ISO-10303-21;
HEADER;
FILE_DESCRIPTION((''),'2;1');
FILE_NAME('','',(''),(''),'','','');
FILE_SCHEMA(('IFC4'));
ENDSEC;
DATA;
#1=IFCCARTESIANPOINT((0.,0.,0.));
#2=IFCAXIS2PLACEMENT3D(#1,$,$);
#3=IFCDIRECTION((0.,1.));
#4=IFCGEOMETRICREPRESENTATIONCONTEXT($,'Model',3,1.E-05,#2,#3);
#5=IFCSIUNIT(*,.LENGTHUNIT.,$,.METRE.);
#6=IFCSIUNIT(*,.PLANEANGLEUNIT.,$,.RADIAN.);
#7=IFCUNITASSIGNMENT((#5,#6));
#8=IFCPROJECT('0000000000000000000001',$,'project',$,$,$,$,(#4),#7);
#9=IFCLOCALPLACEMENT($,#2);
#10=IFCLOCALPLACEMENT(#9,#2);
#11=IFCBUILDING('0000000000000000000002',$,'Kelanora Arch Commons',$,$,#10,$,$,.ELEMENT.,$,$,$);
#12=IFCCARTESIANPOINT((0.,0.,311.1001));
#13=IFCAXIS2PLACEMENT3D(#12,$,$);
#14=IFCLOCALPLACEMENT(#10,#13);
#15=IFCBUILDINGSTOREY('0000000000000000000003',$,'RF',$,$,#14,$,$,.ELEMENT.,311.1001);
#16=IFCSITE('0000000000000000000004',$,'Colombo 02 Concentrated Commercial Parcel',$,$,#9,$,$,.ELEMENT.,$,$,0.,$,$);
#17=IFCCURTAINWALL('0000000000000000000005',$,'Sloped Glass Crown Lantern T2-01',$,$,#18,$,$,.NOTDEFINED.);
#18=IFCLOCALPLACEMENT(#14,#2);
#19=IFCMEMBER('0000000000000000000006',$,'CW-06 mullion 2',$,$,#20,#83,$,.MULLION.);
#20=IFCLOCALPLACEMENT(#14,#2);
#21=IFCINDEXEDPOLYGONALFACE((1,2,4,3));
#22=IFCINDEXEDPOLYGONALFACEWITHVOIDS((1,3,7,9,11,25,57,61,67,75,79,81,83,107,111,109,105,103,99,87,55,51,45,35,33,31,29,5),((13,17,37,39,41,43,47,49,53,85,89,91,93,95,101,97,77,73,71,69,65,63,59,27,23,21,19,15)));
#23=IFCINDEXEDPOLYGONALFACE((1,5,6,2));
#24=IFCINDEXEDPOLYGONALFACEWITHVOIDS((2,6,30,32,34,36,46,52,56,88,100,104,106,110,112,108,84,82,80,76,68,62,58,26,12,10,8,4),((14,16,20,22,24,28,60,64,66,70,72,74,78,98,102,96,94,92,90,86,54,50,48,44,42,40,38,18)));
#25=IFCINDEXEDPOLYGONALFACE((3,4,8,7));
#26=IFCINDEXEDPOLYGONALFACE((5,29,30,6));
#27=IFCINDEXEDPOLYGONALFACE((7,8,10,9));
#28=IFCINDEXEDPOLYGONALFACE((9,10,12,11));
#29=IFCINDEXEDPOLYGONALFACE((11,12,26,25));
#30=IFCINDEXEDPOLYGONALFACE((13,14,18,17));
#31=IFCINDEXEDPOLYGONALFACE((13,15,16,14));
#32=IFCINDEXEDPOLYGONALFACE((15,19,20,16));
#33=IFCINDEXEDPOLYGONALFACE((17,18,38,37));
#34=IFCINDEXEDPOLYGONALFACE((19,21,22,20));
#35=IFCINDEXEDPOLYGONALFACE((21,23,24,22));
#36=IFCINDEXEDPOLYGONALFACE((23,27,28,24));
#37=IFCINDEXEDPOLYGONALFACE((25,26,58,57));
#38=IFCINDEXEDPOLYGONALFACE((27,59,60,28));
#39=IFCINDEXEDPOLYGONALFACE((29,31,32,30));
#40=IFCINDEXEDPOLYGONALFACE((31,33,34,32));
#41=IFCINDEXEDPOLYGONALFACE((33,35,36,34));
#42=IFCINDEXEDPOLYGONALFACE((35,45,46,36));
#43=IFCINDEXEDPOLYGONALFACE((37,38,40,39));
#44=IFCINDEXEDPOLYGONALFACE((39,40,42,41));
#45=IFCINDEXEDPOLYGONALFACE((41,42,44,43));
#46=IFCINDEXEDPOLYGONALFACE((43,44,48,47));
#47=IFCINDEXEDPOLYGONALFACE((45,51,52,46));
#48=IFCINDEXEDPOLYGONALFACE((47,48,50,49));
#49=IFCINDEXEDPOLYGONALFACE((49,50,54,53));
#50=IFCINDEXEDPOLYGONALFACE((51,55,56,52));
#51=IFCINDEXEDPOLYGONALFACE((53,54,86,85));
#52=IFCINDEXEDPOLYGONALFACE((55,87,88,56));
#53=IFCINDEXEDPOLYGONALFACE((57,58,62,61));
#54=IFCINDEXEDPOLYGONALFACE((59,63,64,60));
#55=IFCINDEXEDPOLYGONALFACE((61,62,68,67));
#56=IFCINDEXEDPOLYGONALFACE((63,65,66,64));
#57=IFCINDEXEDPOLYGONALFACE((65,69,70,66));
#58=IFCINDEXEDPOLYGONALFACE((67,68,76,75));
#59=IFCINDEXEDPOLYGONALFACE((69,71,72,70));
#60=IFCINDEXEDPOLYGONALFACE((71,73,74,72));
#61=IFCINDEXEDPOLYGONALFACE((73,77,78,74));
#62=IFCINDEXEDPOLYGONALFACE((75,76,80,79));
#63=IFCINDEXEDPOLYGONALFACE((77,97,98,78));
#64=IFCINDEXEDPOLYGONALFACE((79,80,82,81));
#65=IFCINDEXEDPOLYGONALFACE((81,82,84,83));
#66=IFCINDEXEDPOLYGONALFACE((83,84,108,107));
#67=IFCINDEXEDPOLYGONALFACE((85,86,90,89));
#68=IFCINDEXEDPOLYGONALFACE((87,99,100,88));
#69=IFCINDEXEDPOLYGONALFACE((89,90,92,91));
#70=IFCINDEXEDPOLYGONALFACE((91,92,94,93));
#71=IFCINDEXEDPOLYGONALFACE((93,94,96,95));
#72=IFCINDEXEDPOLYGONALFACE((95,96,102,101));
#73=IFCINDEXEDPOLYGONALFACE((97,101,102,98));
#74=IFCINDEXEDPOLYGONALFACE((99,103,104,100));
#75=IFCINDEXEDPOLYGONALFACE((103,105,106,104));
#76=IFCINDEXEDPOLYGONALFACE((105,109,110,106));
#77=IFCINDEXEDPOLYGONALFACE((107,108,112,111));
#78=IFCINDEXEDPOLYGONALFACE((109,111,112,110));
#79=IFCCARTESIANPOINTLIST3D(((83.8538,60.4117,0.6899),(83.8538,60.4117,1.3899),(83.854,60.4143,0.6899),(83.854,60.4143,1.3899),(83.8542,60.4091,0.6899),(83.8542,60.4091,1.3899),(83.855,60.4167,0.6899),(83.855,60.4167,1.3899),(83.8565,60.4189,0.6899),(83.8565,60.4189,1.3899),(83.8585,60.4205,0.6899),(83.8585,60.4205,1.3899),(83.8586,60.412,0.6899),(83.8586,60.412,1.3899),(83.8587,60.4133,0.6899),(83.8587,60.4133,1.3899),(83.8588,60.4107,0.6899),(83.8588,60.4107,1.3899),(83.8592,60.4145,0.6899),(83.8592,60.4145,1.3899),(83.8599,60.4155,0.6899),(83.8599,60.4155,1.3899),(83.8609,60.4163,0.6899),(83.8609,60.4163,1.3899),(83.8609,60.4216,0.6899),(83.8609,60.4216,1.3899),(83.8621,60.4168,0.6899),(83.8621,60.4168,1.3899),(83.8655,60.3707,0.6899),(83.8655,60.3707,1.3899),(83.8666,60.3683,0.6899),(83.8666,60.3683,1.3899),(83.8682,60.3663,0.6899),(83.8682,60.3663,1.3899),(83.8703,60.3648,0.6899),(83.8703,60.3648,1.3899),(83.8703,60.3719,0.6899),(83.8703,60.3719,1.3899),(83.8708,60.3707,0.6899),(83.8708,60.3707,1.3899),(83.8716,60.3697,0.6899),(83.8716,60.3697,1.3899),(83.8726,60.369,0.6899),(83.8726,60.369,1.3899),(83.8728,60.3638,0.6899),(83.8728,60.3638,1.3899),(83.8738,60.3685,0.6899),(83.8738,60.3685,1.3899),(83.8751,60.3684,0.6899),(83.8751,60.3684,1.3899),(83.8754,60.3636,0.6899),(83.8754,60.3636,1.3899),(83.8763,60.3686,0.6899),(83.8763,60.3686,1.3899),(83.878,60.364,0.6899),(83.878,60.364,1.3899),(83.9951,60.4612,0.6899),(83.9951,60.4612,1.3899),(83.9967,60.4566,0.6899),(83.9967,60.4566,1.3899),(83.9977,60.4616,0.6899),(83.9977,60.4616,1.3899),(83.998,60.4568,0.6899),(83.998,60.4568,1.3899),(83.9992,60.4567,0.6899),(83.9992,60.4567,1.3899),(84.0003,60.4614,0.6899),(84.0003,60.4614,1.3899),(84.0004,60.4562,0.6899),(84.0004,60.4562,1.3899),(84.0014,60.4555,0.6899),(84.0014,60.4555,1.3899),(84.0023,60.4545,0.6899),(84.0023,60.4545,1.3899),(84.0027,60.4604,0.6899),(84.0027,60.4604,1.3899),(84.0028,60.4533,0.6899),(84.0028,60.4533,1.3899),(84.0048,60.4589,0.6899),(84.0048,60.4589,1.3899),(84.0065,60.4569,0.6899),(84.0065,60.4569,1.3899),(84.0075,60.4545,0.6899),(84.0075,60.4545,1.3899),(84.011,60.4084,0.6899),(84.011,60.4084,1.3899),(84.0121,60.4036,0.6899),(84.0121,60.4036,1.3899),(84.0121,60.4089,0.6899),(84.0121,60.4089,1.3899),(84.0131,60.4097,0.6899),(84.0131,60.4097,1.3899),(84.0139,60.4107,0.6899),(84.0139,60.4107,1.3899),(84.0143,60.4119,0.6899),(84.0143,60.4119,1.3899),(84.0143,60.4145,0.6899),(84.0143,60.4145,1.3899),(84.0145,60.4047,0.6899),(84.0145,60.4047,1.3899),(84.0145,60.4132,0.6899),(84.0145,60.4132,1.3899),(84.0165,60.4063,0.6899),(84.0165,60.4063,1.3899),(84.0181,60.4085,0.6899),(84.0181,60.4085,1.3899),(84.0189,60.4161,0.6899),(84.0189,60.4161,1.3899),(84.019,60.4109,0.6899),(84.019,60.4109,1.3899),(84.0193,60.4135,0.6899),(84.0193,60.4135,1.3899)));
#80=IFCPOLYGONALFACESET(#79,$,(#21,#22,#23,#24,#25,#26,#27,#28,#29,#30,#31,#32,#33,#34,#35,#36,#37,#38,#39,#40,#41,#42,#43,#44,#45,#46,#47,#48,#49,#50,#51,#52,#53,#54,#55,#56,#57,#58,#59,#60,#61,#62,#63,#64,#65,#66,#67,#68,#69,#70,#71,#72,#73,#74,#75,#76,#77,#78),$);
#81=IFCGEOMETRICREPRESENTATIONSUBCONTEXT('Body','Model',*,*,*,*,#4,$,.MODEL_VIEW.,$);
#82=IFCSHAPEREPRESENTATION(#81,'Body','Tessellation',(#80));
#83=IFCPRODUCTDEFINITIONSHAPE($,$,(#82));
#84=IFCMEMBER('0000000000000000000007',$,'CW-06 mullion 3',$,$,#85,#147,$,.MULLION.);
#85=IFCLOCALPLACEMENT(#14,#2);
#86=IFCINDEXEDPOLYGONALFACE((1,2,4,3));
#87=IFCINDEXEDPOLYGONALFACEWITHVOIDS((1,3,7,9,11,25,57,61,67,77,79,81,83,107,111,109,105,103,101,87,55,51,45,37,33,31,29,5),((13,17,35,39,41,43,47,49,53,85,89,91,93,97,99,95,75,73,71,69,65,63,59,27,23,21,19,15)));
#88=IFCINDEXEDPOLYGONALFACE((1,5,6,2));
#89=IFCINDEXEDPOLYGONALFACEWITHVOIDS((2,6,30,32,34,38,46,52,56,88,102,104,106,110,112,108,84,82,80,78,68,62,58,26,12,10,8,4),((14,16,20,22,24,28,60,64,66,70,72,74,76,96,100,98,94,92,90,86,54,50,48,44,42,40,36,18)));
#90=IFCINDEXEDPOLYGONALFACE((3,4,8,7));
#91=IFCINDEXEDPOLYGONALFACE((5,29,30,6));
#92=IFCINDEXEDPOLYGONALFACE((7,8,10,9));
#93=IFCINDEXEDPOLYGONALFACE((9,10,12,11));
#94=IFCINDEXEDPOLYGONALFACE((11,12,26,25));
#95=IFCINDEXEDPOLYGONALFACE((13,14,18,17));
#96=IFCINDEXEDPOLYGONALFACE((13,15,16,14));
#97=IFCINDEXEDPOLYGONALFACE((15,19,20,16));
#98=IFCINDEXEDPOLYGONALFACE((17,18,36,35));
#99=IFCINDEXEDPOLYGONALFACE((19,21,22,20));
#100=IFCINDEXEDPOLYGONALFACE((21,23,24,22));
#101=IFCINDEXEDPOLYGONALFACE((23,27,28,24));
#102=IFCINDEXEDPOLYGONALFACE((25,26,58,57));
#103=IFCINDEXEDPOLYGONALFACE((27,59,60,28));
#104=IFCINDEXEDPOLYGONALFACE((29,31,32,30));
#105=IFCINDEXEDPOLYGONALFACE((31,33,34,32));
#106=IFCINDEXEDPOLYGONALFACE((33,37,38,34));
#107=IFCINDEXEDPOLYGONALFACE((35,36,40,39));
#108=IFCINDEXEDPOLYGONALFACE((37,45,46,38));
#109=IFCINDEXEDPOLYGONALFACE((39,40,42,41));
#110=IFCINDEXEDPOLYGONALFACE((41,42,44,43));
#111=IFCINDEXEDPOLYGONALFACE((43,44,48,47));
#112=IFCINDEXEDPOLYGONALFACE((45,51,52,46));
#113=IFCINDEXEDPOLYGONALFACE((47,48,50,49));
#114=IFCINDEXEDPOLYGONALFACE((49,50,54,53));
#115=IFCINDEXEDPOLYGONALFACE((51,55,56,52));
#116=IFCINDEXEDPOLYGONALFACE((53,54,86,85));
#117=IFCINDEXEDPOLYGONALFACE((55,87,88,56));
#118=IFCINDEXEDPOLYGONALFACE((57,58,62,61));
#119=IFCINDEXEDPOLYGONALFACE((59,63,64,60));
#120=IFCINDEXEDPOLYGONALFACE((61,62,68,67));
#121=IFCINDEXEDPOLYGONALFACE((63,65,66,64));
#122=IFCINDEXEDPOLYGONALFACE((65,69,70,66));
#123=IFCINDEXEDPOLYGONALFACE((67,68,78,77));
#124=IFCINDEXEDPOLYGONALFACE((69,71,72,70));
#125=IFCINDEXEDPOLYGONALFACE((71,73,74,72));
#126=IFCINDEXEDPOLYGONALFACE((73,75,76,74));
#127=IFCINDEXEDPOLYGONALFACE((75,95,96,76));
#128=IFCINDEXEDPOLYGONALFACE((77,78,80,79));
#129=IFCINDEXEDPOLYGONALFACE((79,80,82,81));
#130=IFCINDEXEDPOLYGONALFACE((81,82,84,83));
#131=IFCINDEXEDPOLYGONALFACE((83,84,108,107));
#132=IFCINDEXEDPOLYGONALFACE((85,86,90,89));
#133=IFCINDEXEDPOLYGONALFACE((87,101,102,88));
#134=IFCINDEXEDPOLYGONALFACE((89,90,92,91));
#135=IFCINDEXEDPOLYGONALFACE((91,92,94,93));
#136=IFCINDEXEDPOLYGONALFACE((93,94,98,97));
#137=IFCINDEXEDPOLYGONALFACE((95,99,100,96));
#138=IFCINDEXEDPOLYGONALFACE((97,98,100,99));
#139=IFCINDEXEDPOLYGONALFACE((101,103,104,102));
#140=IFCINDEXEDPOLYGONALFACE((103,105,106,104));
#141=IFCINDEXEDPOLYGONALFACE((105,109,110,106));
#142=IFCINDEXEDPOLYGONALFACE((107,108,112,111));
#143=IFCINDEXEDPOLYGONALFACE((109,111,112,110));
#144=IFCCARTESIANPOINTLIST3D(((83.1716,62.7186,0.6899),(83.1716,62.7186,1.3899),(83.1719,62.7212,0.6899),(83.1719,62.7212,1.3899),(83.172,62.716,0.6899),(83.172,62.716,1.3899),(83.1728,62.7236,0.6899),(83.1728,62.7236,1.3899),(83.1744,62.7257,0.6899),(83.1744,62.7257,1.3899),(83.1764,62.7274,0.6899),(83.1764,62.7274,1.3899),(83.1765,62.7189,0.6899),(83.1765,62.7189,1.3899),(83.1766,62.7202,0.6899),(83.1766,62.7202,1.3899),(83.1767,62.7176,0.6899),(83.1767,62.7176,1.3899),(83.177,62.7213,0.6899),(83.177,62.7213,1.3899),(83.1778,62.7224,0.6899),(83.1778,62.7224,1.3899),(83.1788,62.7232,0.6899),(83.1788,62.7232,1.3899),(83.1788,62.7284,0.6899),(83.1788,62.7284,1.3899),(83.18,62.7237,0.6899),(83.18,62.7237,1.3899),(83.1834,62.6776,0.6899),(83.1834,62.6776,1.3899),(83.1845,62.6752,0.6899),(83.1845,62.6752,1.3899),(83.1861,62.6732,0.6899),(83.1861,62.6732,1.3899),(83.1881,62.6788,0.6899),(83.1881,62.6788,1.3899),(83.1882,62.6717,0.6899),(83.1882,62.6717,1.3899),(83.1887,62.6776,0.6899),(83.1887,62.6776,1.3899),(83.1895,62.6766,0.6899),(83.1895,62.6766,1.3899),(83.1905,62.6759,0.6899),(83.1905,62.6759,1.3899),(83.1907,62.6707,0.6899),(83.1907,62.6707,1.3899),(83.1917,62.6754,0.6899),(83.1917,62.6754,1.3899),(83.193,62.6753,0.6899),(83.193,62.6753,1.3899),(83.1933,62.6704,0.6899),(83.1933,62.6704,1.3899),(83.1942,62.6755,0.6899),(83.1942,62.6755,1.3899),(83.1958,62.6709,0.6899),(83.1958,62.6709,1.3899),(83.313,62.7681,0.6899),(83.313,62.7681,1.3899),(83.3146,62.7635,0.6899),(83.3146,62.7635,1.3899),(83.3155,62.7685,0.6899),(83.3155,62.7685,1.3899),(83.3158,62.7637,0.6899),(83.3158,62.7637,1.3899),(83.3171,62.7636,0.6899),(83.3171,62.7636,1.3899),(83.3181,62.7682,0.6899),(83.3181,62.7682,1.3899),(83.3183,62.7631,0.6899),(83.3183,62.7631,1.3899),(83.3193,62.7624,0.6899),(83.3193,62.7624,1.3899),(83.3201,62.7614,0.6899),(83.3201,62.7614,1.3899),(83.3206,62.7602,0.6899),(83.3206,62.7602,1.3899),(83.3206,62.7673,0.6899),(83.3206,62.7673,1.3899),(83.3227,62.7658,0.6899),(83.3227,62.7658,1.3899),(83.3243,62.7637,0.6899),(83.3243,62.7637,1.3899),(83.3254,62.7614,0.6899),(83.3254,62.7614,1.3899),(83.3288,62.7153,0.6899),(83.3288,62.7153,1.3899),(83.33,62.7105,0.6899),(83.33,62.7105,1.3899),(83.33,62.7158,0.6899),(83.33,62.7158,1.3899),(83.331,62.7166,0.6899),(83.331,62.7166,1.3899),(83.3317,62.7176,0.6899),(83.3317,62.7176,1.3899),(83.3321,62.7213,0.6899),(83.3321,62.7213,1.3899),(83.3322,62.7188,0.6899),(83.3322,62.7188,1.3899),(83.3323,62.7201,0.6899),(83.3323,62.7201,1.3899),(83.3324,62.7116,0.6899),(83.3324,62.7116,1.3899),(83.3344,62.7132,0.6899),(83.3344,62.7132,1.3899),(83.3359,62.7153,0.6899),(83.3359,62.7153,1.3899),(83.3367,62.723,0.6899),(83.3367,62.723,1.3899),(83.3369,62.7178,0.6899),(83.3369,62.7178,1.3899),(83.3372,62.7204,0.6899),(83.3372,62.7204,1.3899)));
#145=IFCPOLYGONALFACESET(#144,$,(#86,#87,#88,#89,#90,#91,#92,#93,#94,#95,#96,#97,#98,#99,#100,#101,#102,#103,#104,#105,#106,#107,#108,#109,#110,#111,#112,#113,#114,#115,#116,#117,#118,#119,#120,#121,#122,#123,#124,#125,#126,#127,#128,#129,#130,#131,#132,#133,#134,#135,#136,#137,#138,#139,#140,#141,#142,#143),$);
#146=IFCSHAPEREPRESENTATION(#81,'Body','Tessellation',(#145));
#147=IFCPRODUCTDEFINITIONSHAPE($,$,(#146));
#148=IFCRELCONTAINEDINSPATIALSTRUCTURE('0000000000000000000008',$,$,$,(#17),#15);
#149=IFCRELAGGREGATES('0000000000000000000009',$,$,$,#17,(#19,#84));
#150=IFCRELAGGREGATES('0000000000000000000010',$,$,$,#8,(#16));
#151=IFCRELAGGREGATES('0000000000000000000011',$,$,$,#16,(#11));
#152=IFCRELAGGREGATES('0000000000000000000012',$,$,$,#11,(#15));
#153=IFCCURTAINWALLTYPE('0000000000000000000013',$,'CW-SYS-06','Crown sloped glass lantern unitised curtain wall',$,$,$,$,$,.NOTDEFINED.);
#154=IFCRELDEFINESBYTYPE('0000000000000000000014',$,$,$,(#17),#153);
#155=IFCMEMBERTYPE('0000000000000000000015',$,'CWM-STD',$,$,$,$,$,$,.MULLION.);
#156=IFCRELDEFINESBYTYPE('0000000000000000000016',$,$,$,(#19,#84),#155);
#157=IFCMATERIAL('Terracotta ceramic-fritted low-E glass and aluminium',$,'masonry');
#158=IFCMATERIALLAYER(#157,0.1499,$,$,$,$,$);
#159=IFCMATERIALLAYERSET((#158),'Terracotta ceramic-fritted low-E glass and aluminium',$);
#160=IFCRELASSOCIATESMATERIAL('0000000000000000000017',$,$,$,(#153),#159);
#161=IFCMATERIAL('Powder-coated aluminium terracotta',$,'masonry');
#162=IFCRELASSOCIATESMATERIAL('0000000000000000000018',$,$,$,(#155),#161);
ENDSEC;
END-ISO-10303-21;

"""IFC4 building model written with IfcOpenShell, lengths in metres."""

from ifc_helpers import new_model, si_unit, direction, frame, origin, origin_2d, place, context, subcontext, project, spatial, hollow_rectangle, extrude, material, layer, layer_set, material_profile, profile_set, type_object, element, aggregate, save


model = new_model("IFC4")

# Units and contexts
model_context = context("Model", 3, precision=1e-05, world=origin(), true_north=direction((0.0, 1.0)))
body_context = subcontext(model_context, "Body", "Model", "MODEL_VIEW")
ifc_project = project(units=[si_unit("LENGTHUNIT", "METRE"), si_unit("PLANEANGLEUNIT", "RADIAN")], contexts=[model_context])

# Site, building, storey
site_placement = place(None, origin())
site = spatial("IfcSite", under=ifc_project, at=site_placement, Name="Colombo 02 Concentrated Commercial Parcel", CompositionType="ELEMENT", RefElevation=0.0)
building_placement = place(site_placement, origin())
building = spatial("IfcBuilding", under=site, at=building_placement, Name="Kelanora Arch Commons", CompositionType="ELEMENT")
storey_placement = place(building_placement, frame((0.0, 0.0, 311.1001)))
storey = spatial("IfcBuildingStorey", under=building, at=storey_placement, Name="RF", CompositionType="ELEMENT", Elevation=311.1001)

# Curtain wall, members
ifc_material_1 = material(Name="Terracotta ceramic-fritted low-E glass and aluminium", Category="masonry")
ifc_layer_1 = layer(ifc_material_1, 0.1499)
ifc_layer_set_1 = layer_set([ifc_layer_1], Name="Terracotta ceramic-fritted low-E glass and aluminium")
curtain_wall_type = type_object("IfcCurtainWallType", Name="CW-SYS-06", Description="Crown sloped glass lantern unitised curtain wall", PredefinedType="NOTDEFINED", material=ifc_layer_set_1)
ifc_material_2 = material(Name="Powder-coated aluminium terracotta", Category="masonry")
ifc_material_profile_1 = material_profile(ifc_material_2, hollow_rectangle(XDim=0.1599, YDim=0.0601, WallThickness=0.0049, InnerFilletRadius=0.0049, OuterFilletRadius=0.01, at=origin_2d()), Name="CWM160x60")
ifc_profile_set_1 = profile_set([ifc_material_profile_1], Name="Powder-coated aluminium terracotta")
member_type_1 = type_object("IfcMemberType", Name="CWM-STD", PredefinedType="MULLION", material=ifc_profile_set_1)
curtain_wall_1_placement = place(storey_placement, origin())
curtain_wall_1 = element("IfcCurtainWall", 1, at=curtain_wall_1_placement, inside=storey, type_object=curtain_wall_type, Name="Sloped Glass Crown Lantern T2-01", PredefinedType="NOTDEFINED")
member_1_placement = place(storey_placement, frame((83.9365, 60.4126, 0.6899), z_axis=(0.0, 0.0, 1.0), x_axis=(-0.958953, -0.283564, 0.0)))
member_1 = element("IfcMember", 2, at=member_1_placement, type_object=member_type_1, Name="CW-06 mullion 2", PredefinedType="MULLION", context=body_context, shape_type="SweptSolid", body=[
    extrude(hollow_rectangle(XDim=0.1599, YDim=0.0601, WallThickness=0.0049, InnerFilletRadius=0.0049, OuterFilletRadius=0.01, at=origin_2d()), origin(), (0.0, 0.0, 1.0), 0.7),
])
member_2_placement = place(storey_placement, frame((83.2544, 62.7195, 0.6899), z_axis=(0.0, 0.0, 1.0), x_axis=(-0.958953, -0.283564, 0.0)))
member_2 = element("IfcMember", 3, at=member_2_placement, type_object=member_type_1, Name="CW-06 mullion 3", PredefinedType="MULLION", context=body_context, shape_type="SweptSolid", body=[
    extrude(hollow_rectangle(XDim=0.1599, YDim=0.0601, WallThickness=0.0049, InnerFilletRadius=0.0049, OuterFilletRadius=0.01, at=origin_2d()), origin(), (0.0, 0.0, 1.0), 0.7),
])

aggregate(curtain_wall_1, [member_1, member_2])

save(model, "model.ifc")
